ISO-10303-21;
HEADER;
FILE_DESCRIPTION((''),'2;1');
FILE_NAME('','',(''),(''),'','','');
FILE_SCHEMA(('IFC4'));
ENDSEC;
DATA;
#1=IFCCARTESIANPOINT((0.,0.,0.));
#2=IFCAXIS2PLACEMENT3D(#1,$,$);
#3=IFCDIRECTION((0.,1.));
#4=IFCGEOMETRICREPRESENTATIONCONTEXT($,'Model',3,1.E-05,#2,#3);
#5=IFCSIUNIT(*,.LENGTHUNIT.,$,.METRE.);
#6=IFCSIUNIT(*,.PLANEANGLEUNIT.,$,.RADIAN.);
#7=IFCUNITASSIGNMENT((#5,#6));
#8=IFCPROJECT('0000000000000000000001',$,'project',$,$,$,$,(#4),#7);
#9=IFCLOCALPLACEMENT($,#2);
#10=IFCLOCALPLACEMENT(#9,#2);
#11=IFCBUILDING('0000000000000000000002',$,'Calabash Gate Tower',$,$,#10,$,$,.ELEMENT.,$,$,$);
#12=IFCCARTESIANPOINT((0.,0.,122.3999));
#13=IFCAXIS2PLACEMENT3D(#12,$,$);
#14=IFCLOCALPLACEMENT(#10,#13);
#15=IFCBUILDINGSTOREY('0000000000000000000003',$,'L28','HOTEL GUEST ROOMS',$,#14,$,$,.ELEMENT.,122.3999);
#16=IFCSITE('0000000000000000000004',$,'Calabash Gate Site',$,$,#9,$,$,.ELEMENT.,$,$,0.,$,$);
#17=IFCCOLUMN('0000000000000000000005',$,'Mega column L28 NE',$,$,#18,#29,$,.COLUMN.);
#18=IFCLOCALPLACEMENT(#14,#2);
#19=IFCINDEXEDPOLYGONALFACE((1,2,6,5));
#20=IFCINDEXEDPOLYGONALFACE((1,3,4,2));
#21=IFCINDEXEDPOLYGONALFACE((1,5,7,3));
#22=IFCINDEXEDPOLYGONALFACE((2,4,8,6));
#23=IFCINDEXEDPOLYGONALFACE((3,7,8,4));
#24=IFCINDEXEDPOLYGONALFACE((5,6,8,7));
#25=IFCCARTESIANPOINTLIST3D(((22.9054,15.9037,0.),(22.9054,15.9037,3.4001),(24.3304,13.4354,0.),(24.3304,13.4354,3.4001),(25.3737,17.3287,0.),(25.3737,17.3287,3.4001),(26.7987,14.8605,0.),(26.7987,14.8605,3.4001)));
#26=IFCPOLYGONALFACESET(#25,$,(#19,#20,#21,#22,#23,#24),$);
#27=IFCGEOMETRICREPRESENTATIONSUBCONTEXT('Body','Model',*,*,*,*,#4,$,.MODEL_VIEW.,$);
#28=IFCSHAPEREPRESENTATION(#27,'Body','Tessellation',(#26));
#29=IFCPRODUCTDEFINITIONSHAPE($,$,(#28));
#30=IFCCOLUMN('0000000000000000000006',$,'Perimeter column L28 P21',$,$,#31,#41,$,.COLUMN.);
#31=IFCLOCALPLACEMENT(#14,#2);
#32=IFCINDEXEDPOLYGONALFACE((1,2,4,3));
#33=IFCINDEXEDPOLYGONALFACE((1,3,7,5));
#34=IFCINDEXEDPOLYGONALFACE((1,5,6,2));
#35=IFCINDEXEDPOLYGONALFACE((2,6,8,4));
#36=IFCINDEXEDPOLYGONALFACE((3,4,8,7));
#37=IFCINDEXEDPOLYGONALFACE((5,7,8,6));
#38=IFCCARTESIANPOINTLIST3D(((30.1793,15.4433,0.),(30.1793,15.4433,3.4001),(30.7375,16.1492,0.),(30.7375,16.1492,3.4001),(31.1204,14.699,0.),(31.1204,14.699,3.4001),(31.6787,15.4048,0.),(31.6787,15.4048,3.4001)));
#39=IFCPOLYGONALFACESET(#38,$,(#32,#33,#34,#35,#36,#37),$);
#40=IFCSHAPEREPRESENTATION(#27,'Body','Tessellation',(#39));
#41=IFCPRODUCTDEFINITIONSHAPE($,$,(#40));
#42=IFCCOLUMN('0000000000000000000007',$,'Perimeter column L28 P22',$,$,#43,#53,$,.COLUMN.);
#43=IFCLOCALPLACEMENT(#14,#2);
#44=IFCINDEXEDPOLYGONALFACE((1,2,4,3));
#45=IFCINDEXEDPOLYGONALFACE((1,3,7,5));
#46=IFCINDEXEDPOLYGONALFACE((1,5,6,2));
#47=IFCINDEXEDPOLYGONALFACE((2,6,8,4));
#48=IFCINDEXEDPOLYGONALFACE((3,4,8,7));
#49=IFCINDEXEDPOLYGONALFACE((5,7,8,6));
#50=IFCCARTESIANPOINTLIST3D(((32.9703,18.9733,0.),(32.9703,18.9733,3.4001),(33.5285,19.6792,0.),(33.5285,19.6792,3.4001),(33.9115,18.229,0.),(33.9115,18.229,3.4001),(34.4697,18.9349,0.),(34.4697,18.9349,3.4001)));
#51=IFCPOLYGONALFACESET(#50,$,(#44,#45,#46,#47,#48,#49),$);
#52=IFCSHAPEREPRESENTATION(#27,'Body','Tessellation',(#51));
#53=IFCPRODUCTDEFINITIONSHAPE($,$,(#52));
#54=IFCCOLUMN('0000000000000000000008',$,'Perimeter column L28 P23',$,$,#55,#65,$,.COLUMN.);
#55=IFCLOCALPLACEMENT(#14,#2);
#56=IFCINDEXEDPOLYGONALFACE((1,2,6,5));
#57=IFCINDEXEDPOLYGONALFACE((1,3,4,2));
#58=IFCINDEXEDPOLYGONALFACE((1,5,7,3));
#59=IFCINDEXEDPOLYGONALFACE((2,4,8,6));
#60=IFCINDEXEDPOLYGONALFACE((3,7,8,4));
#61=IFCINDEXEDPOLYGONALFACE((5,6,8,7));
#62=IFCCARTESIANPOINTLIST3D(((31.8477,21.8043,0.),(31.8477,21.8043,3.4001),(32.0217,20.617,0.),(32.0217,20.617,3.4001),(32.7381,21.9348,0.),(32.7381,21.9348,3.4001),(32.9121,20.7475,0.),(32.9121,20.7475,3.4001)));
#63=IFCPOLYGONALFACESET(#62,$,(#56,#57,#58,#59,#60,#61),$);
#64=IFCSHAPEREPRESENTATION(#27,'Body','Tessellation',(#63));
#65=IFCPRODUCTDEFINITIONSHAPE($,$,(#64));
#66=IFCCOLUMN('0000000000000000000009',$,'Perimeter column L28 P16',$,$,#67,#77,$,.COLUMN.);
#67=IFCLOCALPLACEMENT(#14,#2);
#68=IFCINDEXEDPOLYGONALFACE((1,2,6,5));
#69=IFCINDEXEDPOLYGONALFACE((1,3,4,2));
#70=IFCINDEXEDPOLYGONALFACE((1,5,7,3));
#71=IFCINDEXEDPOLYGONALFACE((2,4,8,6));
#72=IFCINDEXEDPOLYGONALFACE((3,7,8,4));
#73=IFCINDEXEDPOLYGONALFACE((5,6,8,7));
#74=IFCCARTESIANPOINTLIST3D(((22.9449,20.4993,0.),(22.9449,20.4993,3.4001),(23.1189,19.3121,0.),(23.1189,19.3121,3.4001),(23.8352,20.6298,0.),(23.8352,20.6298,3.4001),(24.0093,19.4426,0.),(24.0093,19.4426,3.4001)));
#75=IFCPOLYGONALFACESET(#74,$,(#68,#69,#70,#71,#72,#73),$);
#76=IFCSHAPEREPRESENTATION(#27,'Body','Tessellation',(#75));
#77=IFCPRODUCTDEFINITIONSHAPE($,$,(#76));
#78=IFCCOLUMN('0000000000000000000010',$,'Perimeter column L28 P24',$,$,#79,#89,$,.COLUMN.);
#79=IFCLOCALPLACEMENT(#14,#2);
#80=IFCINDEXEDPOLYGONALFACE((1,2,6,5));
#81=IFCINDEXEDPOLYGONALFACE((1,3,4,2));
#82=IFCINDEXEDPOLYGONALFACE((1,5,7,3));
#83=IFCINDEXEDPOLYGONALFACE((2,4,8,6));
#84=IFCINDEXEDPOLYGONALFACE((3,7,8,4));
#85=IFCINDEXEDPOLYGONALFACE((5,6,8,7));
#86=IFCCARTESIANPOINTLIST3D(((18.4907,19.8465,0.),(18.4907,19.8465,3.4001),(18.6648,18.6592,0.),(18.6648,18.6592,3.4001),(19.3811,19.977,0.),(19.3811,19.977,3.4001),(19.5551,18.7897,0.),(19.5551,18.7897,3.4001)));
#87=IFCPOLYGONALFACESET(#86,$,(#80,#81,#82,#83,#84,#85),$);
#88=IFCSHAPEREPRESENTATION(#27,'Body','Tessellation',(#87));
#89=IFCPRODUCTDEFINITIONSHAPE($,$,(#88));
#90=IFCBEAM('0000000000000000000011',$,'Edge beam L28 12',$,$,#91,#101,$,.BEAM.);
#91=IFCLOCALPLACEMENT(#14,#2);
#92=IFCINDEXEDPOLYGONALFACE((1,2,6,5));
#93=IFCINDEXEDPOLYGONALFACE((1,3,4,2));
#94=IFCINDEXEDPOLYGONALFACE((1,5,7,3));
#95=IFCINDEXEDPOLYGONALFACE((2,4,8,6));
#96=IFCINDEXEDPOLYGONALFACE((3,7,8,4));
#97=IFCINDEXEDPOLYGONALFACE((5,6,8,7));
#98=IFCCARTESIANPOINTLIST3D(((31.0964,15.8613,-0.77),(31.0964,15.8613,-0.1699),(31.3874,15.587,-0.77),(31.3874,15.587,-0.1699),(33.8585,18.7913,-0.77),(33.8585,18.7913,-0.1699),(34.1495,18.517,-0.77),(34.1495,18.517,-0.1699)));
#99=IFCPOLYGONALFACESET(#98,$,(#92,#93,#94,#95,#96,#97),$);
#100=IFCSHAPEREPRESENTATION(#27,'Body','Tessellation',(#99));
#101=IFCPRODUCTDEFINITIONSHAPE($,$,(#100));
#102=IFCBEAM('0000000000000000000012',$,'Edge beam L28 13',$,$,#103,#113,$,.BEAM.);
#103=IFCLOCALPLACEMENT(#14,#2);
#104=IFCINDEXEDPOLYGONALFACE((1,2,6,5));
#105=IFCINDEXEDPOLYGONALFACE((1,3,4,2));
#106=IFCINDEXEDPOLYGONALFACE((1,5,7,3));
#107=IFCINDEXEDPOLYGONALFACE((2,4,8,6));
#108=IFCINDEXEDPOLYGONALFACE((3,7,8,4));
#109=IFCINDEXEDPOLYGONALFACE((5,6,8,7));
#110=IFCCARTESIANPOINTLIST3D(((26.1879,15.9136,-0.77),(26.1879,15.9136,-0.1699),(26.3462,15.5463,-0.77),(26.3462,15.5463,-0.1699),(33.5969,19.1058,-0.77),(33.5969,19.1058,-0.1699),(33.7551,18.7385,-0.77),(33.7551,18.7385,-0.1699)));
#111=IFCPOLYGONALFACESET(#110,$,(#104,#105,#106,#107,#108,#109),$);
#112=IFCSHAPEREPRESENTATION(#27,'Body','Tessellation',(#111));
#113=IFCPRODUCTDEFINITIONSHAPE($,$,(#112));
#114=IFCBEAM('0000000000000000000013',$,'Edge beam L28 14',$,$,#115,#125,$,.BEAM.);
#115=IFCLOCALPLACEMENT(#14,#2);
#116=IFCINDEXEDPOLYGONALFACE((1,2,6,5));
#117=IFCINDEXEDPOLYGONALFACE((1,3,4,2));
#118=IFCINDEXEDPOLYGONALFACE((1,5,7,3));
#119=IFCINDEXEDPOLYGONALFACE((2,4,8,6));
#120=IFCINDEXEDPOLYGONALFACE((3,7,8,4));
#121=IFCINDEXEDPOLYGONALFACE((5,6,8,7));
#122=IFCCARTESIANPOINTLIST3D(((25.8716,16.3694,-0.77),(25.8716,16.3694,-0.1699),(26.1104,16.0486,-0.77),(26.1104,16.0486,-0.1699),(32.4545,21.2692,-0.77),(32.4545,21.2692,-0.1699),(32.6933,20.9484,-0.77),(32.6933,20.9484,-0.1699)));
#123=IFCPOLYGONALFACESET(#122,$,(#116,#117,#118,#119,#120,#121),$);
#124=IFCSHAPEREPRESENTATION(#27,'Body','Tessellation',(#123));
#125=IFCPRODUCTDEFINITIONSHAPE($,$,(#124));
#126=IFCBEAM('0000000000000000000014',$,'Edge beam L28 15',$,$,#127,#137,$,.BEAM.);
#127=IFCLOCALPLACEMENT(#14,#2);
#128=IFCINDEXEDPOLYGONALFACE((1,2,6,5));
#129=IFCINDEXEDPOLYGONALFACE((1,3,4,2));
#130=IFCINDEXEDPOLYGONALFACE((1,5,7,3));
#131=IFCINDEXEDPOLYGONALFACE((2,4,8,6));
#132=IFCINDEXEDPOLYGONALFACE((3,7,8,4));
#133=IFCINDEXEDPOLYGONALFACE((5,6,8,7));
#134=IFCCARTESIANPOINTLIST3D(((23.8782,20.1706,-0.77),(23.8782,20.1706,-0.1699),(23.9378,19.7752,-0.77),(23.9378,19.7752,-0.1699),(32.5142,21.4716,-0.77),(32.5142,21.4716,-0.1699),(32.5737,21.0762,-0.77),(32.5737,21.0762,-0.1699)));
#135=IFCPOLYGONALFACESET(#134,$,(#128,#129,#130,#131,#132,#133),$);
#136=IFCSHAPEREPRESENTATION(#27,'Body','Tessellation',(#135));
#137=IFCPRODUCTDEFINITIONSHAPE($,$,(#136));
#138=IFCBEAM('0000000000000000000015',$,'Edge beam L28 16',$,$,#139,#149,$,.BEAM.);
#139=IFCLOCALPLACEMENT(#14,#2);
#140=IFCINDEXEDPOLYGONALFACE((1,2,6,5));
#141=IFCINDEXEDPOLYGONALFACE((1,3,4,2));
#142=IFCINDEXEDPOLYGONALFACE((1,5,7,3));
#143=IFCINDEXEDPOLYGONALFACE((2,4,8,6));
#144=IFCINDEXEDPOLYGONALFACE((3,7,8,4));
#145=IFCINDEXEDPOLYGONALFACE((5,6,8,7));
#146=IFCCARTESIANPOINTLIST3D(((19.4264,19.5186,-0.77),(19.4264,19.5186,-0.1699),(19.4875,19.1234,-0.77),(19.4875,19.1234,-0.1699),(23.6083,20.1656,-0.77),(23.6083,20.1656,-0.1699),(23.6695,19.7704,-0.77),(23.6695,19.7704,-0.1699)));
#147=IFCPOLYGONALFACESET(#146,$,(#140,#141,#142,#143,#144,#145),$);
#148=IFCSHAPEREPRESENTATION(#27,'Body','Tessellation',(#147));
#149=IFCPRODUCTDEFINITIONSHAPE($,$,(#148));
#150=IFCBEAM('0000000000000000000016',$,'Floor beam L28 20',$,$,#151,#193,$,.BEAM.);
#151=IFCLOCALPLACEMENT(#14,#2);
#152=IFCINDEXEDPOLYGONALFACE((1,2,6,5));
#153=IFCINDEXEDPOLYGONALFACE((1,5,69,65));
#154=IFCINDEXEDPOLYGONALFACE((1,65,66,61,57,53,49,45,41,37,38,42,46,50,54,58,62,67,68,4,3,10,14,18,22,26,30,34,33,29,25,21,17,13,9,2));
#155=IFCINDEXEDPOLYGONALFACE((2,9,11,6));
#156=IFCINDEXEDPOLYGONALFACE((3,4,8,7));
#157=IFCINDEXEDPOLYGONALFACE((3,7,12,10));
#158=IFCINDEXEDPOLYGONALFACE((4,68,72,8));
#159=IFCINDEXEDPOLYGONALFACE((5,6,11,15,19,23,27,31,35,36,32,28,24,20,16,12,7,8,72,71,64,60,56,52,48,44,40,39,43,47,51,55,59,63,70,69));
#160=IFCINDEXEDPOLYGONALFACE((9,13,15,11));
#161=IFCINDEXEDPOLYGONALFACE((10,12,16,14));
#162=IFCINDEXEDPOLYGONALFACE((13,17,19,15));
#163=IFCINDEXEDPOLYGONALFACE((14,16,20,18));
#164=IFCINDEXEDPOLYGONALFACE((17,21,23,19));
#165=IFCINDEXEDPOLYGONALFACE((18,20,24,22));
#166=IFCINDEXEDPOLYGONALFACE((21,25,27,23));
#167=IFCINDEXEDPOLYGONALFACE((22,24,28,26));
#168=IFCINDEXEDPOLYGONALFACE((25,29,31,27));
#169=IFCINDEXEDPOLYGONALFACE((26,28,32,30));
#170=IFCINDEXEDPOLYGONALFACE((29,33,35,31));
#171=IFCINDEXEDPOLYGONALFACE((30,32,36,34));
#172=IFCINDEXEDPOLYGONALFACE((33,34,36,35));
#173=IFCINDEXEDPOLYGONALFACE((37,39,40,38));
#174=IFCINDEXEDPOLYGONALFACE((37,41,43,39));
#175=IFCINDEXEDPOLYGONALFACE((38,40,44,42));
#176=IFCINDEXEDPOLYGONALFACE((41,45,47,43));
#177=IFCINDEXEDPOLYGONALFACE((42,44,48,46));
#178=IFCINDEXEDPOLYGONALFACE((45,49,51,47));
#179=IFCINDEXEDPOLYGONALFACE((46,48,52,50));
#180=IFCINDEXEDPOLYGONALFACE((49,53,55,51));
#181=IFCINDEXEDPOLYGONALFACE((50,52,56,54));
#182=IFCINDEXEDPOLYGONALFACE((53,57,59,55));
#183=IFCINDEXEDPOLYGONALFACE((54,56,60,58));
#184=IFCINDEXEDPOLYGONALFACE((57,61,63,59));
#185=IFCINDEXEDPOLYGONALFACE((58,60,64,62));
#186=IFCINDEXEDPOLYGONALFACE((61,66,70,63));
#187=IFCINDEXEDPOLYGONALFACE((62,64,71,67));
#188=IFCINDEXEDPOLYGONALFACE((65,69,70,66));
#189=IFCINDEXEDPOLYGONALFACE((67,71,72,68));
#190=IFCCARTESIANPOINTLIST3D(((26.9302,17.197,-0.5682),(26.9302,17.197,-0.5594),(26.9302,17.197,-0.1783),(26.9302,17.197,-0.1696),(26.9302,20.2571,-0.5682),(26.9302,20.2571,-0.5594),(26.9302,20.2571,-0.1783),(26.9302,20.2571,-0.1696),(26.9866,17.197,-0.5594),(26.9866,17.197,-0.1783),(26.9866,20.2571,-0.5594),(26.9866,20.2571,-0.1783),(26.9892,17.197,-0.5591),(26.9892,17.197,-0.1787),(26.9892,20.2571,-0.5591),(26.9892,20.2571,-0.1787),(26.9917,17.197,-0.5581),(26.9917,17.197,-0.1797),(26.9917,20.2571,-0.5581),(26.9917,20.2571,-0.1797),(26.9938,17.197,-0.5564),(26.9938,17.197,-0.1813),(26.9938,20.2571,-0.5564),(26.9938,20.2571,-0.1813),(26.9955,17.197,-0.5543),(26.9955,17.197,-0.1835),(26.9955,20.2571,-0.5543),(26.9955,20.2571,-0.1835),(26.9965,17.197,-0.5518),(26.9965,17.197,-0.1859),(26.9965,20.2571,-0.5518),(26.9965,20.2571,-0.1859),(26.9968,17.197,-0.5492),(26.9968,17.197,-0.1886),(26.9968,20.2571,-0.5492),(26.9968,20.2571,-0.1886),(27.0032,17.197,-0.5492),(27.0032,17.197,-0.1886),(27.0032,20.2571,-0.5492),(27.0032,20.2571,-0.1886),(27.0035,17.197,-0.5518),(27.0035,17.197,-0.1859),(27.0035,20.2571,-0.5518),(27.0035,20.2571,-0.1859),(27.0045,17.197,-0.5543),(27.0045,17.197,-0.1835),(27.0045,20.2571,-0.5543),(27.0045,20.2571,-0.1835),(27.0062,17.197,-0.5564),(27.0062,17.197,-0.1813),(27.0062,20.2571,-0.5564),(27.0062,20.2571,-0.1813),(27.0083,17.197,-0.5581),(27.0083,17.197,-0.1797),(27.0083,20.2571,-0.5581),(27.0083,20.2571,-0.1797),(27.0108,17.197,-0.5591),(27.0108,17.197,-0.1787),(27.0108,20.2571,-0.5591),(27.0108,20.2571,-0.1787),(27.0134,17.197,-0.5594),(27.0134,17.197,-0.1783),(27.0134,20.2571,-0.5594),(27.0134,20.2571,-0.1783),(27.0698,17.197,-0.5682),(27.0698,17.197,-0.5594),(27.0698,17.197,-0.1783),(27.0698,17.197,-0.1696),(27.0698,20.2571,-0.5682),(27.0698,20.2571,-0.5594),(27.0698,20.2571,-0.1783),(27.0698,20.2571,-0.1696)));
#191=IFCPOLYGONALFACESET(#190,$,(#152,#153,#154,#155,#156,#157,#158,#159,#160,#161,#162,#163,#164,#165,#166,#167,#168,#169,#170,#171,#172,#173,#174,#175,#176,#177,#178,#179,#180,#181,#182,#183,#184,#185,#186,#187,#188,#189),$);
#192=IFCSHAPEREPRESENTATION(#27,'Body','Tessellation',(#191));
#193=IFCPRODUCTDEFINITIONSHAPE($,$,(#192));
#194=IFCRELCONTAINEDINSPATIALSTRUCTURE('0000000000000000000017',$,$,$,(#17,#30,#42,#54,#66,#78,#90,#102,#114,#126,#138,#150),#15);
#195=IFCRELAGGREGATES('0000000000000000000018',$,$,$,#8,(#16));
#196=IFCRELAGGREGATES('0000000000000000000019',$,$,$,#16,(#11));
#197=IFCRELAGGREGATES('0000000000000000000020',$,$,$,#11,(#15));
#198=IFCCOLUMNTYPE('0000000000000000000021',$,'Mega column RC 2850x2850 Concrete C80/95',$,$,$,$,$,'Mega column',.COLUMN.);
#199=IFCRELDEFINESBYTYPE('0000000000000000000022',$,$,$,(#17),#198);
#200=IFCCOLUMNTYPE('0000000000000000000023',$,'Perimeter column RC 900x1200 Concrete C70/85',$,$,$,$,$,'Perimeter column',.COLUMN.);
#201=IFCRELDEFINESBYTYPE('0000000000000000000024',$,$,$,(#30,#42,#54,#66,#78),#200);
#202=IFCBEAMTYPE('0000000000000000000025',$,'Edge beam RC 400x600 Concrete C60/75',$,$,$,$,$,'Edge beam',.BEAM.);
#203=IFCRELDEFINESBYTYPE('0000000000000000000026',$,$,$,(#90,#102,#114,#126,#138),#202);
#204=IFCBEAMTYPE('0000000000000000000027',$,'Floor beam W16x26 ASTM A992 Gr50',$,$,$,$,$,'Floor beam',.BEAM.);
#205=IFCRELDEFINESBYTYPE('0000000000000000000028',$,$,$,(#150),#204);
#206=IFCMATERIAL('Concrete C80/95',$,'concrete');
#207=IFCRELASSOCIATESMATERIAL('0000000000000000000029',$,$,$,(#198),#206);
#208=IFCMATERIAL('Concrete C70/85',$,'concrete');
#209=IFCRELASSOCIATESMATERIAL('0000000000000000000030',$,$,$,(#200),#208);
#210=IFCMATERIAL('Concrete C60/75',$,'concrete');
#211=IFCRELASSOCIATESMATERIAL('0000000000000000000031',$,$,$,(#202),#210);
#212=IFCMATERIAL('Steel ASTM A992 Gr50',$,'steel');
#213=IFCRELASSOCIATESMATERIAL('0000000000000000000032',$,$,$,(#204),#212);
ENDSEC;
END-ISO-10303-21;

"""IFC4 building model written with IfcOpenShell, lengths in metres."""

from ifc_helpers import new_model, si_unit, direction, frame, origin, origin_2d, place, context, subcontext, project, spatial, rectangle, i_section, extrude, material, material_profile, profile_set, type_object, element, save


model = new_model("IFC4")

# Units and contexts
model_context = context("Model", 3, precision=1e-05, world=origin(), true_north=direction((0.0, 1.0)))
body_context = subcontext(model_context, "Body", "Model", "MODEL_VIEW")
ifc_project = project(units=[si_unit("LENGTHUNIT", "METRE"), si_unit("PLANEANGLEUNIT", "RADIAN")], contexts=[model_context])

# Site, building, storey
site_placement = place(None, origin())
site = spatial("IfcSite", under=ifc_project, at=site_placement, Name="Calabash Gate Site", CompositionType="ELEMENT", RefElevation=0.0)
building_placement = place(site_placement, origin())
building = spatial("IfcBuilding", under=site, at=building_placement, Name="Calabash Gate Tower", CompositionType="ELEMENT")
storey_placement = place(building_placement, frame((0.0, 0.0, 122.3999)))
storey = spatial("IfcBuildingStorey", under=building, at=storey_placement, Name="L28", Description="HOTEL GUEST ROOMS", CompositionType="ELEMENT", Elevation=122.3999)

# Columns
ifc_material_1 = material(Name="Concrete C80/95", Category="concrete")
ifc_material_profile_1 = material_profile(ifc_material_1, rectangle(XDim=2.8501, YDim=2.8501, at=origin_2d()))
ifc_profile_set_1 = profile_set([ifc_material_profile_1], Name="Concrete C80/95")
column_type_1 = type_object("IfcColumnType", Name="Mega column RC 2850x2850 Concrete C80/95", ElementType="Mega column", PredefinedType="COLUMN", material=ifc_profile_set_1)
column_placement = place(storey_placement, frame((24.8521, 15.3821, 0.0), z_axis=(0.0, 0.0, 1.0), x_axis=(-0.866025, -0.5, 0.0)))
element("IfcColumn", 1, at=column_placement, inside=storey, type_object=column_type_1, Name="Mega column L28 NE", PredefinedType="COLUMN", context=body_context, shape_type="SweptSolid", body=[
    extrude(rectangle(XDim=2.8501, YDim=2.8501, at=origin_2d()), origin(), (0.0, 0.0, 1.0), 3.4001),
])
ifc_material_2 = material(Name="Concrete C70/85", Category="concrete")
ifc_material_profile_2 = material_profile(ifc_material_2, rectangle(XDim=0.8999, YDim=1.2, at=origin_2d()))
ifc_profile_set_2 = profile_set([ifc_material_profile_2], Name="Concrete C70/85")
column_type_2 = type_object("IfcColumnType", Name="Perimeter column RC 900x1200 Concrete C70/85", ElementType="Perimeter column", PredefinedType="COLUMN", material=ifc_profile_set_2)
for number, where, z_axis, x_axis, name in (
    (2, (30.929, 15.4241, 0.0), (0.0, 0.0, 1.0), (0.620301, 0.784364, 0.0), "Perimeter column L28 P21"),
    (3, (33.72, 18.9541, 0.0), (0.0, 0.0, 1.0), (0.620301, 0.784364, 0.0), "Perimeter column L28 P22"),
    (4, (32.3799, 21.2759, 0.0), (0.0, 0.0, 1.0), (-0.98943, -0.145015, 0.0), "Perimeter column L28 P23"),
    (5, (23.4771, 19.9709, 0.0), (0.0, 0.0, 1.0), (-0.98943, -0.145015, 0.0), "Perimeter column L28 P16"),
    (6, (19.0229, 19.3181, 0.0), (0.0, 0.0, 1.0), (-0.98943, -0.145015, 0.0), "Perimeter column L28 P24"),
):
    element("IfcColumn", number, at=place(storey_placement, frame(where, z_axis=z_axis, x_axis=x_axis)), inside=storey, type_object=column_type_2, Name=name, PredefinedType="COLUMN", context=body_context, shape_type="SweptSolid", body=[
        extrude(rectangle(XDim=0.8999, YDim=1.2, at=origin_2d()), origin(), (0.0, 0.0, 1.0), 3.4001),
    ])

# Beams
ifc_material_3 = material(Name="Concrete C60/75", Category="concrete")
ifc_material_profile_3 = material_profile(ifc_material_3, rectangle(XDim=0.3999, YDim=0.6001, at=origin_2d()))
ifc_profile_set_3 = profile_set([ifc_material_profile_3], Name="Concrete C60/75")
beam_type_1 = type_object("IfcBeamType", Name="Edge beam RC 400x600 Concrete C60/75", ElementType="Edge beam", PredefinedType="BEAM", material=ifc_profile_set_3)
beam_1_placement = place(storey_placement, frame((31.2419, 15.7241, -0.47), z_axis=(0.685941, 0.727657, 0.0), x_axis=(-0.727657, 0.685941, 0.0)))
element("IfcBeam", 7, at=beam_1_placement, inside=storey, type_object=beam_type_1, Name="Edge beam L28 12", PredefinedType="BEAM", context=body_context, shape_type="SweptSolid", body=[
    extrude(rectangle(XDim=0.3999, YDim=0.6001, at=origin_2d()), origin(), (0.0, 0.0, 1.0), 4.0266),
])
beam_2_placement = place(storey_placement, frame((33.676, 18.9221, -0.47), z_axis=(-0.918386, -0.395686, 0.0), x_axis=(0.395686, -0.918386, 0.0)))
element("IfcBeam", 8, at=beam_2_placement, inside=storey, type_object=beam_type_1, Name="Edge beam L28 13", PredefinedType="BEAM", context=body_context, shape_type="SweptSolid", body=[
    extrude(rectangle(XDim=0.3999, YDim=0.6001, at=origin_2d()), origin(), (0.0, 0.0, 1.0), 8.0674),
])
beam_3_placement = place(storey_placement, frame((25.991, 16.209, -0.47), z_axis=(0.80218, 0.597083, 0.0), x_axis=(-0.597083, 0.80218, 0.0)))
element("IfcBeam", 9, at=beam_3_placement, inside=storey, type_object=beam_type_1, Name="Edge beam L28 14", PredefinedType="BEAM", context=body_context, shape_type="SweptSolid", body=[
    extrude(rectangle(XDim=0.3999, YDim=0.6001, at=origin_2d()), origin(), (0.0, 0.0, 1.0), 8.2063),
])
beam_4_placement = place(storey_placement, frame((32.5439, 21.2739, -0.47), z_axis=(-0.988842, -0.148971, 0.0), x_axis=(0.148971, -0.988842, 0.0)))
element("IfcBeam", 10, at=beam_4_placement, inside=storey, type_object=beam_type_1, Name="Edge beam L28 15", PredefinedType="BEAM", context=body_context, shape_type="SweptSolid", body=[
    extrude(rectangle(XDim=0.3999, YDim=0.6001, at=origin_2d()), origin(), (0.0, 0.0, 1.0), 8.7334),
])
beam_5_placement = place(storey_placement, frame((23.6389, 19.968, -0.47), z_axis=(-0.988243, -0.15289, 0.0), x_axis=(0.15289, -0.988243, 0.0)))
element("IfcBeam", 11, at=beam_5_placement, inside=storey, type_object=beam_type_1, Name="Edge beam L28 16", PredefinedType="BEAM", context=body_context, shape_type="SweptSolid", body=[
    extrude(rectangle(XDim=0.3999, YDim=0.6001, at=origin_2d()), origin(), (0.0, 0.0, 1.0), 4.2317),
])
ifc_material_4 = material(Name="Steel ASTM A992 Gr50", Category="steel")
ifc_material_profile_4 = material_profile(ifc_material_4, i_section(OverallWidth=0.1396, OverallDepth=0.3987, WebThickness=0.0063, FlangeThickness=0.0088, FilletRadius=0.0103, at=origin_2d()))
ifc_profile_set_4 = profile_set([ifc_material_profile_4], Name="Steel ASTM A992 Gr50")
beam_type_2 = type_object("IfcBeamType", Name="Floor beam W16x26 ASTM A992 Gr50", ElementType="Floor beam", PredefinedType="BEAM", material=ifc_profile_set_4)
beam_6_placement = place(storey_placement, frame((27.0, 17.197, -0.3689), z_axis=(0.0, 1.0, 0.0), x_axis=(-1.0, 0.0, 0.0)))
element("IfcBeam", 12, at=beam_6_placement, inside=storey, type_object=beam_type_2, Name="Floor beam L28 20", PredefinedType="BEAM", context=body_context, shape_type="SweptSolid", body=[
    extrude(i_section(OverallWidth=0.1396, OverallDepth=0.3987, WebThickness=0.0063, FlangeThickness=0.0088, FilletRadius=0.0103, at=origin_2d()), origin(), (0.0, 0.0, 1.0), 3.0601),
])

save(model, "model.ifc")
